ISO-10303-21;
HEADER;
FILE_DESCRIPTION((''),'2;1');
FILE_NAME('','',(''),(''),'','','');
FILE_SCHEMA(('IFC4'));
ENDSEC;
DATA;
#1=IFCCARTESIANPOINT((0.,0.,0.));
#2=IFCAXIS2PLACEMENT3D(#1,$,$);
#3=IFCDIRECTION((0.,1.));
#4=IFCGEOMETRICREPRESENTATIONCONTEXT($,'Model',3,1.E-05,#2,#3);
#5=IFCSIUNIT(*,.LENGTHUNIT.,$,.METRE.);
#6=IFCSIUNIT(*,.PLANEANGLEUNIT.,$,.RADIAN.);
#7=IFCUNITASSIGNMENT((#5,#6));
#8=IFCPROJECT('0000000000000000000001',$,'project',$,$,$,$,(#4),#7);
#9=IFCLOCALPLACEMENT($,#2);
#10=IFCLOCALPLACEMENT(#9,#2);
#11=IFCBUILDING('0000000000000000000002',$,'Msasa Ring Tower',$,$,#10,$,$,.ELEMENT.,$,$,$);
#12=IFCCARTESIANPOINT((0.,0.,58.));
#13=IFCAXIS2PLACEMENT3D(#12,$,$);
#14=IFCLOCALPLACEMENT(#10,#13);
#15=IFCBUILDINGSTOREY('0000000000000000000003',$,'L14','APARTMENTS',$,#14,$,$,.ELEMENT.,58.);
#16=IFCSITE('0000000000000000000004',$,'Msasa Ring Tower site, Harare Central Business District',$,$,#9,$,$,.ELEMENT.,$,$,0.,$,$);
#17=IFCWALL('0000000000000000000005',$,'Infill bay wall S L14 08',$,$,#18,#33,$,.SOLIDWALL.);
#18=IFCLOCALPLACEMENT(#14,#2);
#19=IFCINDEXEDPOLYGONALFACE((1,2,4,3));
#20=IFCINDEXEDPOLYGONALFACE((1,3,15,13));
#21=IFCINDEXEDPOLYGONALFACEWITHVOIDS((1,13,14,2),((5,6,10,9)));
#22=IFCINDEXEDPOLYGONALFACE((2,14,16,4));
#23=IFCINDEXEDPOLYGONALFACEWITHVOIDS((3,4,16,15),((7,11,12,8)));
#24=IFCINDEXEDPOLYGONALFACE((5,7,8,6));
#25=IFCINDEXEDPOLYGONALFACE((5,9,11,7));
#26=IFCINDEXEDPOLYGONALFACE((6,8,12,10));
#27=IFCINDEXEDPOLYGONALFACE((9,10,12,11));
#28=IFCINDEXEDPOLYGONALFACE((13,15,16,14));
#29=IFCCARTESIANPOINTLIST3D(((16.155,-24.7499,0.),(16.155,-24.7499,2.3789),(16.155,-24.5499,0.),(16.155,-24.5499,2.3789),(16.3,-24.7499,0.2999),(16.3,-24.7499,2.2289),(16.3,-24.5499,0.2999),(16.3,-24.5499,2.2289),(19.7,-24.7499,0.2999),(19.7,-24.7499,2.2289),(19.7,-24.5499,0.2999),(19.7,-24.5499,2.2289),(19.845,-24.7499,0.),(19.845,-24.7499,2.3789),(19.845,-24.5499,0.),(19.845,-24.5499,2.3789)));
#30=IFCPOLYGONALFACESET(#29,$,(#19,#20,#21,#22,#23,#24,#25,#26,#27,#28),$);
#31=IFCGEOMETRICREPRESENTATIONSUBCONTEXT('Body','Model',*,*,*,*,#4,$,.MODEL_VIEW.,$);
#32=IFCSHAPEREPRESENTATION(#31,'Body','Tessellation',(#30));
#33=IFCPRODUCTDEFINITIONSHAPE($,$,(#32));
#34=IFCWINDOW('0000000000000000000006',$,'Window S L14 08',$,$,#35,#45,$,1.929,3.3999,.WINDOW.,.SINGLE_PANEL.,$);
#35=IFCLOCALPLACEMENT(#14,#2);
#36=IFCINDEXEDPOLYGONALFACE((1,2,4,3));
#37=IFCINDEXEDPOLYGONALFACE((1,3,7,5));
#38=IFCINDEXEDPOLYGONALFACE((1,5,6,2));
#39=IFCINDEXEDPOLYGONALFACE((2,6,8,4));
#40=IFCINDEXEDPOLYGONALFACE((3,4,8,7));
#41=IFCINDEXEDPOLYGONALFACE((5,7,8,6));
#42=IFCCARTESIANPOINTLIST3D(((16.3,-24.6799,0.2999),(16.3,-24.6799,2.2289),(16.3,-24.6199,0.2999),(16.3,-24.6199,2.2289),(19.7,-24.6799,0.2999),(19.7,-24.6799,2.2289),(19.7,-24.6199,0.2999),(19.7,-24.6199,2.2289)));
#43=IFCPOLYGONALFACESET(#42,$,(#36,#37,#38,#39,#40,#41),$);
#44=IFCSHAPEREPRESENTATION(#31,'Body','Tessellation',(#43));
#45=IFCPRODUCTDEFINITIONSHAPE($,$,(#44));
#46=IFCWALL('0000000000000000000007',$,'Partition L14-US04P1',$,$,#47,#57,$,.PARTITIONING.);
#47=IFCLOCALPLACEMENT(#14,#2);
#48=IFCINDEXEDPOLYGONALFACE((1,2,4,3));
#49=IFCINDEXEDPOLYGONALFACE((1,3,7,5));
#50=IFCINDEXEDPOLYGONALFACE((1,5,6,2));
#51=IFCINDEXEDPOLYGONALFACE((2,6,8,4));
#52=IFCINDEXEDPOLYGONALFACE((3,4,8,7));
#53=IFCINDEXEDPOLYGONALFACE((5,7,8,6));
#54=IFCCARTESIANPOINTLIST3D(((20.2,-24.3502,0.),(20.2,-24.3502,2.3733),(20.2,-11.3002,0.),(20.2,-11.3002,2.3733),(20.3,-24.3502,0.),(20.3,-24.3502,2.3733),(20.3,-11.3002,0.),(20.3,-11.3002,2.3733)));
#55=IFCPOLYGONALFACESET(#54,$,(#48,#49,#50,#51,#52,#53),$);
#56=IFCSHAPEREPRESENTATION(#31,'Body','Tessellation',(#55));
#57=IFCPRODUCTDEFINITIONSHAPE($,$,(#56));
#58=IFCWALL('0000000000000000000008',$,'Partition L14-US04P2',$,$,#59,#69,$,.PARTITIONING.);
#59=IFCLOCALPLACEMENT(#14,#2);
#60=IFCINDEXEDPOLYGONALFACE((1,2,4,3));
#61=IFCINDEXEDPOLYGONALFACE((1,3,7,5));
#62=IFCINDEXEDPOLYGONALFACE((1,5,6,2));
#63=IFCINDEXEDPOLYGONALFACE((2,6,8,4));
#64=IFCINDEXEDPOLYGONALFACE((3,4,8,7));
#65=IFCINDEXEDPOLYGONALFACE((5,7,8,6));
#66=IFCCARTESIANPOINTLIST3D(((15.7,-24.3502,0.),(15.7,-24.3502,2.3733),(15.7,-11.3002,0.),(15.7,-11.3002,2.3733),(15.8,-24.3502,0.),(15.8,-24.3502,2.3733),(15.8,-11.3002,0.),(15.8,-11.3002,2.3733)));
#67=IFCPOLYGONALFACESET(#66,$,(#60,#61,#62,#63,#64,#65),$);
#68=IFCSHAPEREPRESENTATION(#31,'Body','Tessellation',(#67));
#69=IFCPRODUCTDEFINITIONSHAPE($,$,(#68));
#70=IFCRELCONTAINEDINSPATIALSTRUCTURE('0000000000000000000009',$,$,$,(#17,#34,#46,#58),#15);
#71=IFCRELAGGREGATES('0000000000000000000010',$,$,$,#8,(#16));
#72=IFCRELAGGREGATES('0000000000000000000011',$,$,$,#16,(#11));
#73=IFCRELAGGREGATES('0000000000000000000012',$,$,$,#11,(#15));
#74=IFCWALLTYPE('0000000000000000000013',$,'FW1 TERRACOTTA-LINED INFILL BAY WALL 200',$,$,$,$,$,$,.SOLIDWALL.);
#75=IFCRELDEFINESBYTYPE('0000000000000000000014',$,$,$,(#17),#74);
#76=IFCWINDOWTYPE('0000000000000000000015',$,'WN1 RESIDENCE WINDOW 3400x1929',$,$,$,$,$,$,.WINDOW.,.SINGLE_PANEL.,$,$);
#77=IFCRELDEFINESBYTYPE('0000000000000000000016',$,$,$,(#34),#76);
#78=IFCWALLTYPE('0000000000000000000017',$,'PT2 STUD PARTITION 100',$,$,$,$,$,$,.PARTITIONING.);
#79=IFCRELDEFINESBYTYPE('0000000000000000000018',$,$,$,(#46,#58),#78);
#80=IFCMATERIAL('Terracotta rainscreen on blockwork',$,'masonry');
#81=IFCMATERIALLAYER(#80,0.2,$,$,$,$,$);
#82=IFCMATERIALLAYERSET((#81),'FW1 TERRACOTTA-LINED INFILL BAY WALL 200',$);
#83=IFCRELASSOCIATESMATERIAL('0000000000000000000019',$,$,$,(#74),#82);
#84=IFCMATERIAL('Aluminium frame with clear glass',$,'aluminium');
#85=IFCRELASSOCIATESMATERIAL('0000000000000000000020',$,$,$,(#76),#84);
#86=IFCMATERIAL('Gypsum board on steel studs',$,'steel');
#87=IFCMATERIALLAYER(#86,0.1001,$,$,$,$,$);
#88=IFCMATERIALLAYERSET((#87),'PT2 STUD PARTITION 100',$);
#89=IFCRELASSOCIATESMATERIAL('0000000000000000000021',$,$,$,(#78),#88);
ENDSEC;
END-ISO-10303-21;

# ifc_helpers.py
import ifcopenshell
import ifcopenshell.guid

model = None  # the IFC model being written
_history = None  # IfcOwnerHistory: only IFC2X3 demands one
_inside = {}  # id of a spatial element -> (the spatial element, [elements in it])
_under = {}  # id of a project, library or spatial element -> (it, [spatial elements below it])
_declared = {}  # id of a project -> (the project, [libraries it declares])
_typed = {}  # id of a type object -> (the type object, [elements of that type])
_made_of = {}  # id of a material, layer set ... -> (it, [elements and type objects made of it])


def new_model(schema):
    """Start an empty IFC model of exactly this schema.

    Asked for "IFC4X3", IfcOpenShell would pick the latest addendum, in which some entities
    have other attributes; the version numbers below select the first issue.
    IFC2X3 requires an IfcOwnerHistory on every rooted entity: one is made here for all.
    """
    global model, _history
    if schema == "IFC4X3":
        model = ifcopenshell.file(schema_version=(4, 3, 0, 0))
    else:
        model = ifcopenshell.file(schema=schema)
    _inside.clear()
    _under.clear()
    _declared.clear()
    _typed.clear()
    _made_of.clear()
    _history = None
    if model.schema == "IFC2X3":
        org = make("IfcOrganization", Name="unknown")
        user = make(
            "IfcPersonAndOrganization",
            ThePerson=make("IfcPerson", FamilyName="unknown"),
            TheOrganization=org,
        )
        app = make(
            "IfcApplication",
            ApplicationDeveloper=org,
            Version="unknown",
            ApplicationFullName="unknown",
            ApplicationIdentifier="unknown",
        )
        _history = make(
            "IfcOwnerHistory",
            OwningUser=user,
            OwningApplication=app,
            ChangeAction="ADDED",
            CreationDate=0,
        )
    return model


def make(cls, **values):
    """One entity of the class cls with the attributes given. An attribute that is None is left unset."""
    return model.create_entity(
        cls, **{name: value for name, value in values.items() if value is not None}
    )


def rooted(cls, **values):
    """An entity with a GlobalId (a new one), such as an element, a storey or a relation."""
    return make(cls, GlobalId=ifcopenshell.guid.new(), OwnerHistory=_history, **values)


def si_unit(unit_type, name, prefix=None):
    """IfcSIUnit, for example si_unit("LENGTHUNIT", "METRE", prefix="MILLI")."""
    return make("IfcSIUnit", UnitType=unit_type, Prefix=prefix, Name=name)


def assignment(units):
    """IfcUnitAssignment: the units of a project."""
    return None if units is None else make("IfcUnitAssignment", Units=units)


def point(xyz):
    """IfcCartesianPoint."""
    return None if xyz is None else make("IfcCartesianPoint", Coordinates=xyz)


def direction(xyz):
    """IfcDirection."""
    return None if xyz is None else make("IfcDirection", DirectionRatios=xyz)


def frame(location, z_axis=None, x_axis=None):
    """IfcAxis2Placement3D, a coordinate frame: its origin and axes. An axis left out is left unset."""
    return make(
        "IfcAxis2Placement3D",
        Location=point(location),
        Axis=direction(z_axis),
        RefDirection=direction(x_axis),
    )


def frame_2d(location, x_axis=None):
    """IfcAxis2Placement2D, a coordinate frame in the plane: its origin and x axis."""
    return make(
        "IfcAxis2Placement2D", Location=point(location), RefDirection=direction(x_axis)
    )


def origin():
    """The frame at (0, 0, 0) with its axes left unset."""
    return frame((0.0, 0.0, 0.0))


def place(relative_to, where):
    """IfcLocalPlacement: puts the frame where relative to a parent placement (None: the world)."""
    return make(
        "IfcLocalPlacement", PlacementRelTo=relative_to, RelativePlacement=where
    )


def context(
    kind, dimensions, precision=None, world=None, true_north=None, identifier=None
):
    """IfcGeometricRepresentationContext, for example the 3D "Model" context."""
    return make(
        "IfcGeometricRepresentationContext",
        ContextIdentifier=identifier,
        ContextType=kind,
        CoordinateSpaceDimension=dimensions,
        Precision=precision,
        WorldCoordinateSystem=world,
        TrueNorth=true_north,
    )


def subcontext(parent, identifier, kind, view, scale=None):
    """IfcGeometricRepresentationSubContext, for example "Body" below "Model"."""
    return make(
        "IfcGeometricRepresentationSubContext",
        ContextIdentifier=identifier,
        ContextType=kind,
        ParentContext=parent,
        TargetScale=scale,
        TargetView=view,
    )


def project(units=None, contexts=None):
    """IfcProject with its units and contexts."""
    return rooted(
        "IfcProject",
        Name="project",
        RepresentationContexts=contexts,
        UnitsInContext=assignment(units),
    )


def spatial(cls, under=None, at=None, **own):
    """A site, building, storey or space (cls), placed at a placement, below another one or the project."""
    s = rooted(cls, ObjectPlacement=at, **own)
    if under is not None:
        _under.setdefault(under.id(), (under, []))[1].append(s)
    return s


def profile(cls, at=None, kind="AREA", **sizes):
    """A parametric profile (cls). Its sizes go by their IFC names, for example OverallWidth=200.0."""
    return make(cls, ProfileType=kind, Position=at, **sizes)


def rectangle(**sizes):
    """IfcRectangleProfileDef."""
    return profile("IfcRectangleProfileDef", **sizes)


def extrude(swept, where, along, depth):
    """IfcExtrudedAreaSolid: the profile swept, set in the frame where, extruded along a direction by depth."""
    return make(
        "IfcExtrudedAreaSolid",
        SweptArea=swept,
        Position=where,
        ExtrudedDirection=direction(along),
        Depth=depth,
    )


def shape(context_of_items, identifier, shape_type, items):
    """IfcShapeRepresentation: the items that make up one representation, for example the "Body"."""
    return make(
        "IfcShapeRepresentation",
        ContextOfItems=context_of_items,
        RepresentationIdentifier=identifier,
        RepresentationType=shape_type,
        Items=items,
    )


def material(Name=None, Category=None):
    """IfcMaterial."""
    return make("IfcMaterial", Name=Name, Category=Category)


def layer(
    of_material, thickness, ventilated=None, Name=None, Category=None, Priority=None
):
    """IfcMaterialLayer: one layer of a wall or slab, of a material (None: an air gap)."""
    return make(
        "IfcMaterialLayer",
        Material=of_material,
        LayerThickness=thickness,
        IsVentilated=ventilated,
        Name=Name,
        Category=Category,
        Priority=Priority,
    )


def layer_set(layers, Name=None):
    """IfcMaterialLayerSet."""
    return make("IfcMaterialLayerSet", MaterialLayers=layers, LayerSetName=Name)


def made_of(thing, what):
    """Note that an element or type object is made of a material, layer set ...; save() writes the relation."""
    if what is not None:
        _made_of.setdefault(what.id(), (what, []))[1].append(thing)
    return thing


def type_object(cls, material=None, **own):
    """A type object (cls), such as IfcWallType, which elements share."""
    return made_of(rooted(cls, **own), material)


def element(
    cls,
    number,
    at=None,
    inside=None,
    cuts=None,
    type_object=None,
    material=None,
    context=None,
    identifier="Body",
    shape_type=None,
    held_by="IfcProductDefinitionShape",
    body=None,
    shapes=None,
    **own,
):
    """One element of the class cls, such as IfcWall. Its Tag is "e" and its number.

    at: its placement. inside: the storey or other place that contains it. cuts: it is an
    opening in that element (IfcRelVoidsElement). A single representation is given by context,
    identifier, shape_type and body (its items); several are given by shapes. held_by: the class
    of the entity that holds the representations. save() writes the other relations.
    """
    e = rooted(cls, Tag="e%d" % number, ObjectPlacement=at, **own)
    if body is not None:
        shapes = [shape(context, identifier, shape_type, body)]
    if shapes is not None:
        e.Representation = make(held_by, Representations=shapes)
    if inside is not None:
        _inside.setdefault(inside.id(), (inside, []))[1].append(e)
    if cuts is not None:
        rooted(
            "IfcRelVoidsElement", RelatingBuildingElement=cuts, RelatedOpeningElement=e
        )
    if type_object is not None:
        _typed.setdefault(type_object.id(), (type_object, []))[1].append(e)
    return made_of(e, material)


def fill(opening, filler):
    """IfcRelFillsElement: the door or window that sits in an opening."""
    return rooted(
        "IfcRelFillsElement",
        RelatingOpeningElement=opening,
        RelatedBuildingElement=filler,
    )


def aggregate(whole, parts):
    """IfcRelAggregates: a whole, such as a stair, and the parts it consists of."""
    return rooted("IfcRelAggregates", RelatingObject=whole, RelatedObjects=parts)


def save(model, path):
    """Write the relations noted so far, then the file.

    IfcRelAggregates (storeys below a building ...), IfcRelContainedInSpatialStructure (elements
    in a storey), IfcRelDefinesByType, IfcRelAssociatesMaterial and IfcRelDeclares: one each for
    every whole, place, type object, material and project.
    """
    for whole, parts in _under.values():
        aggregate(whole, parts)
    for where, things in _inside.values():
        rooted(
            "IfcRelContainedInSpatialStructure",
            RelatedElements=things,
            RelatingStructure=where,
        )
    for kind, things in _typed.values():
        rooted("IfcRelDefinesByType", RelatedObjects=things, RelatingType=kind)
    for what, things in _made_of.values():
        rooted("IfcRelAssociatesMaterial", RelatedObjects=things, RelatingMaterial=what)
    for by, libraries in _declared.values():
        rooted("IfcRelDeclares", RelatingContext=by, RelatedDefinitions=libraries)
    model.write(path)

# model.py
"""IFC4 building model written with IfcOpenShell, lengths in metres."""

from ifc_helpers import new_model, si_unit, direction, frame, frame_2d, origin, place, context, subcontext, project, spatial, rectangle, extrude, material, layer, layer_set, type_object, element, fill, save


model = new_model("IFC4")

# Units and contexts
model_context = context("Model", 3, precision=1e-05, world=origin(), true_north=direction((0.0, 1.0)))
body_context = subcontext(model_context, "Body", "Model", "MODEL_VIEW")
ifc_project = project(units=[si_unit("LENGTHUNIT", "METRE"), si_unit("PLANEANGLEUNIT", "RADIAN")], contexts=[model_context])

# Site, building, storey
site_placement = place(None, origin())
site = spatial("IfcSite", under=ifc_project, at=site_placement, Name="Msasa Ring Tower site, Harare Central Business District", CompositionType="ELEMENT", RefElevation=0.0)
building_placement = place(site_placement, origin())
building = spatial("IfcBuilding", under=site, at=building_placement, Name="Msasa Ring Tower", CompositionType="ELEMENT")
storey_placement = place(building_placement, frame((0.0, 0.0, 58.0)))
storey = spatial("IfcBuildingStorey", under=building, at=storey_placement, Name="L14", Description="APARTMENTS", CompositionType="ELEMENT", Elevation=58.0)

# Wall, opening, window
ifc_material_1 = material(Name="Terracotta rainscreen on blockwork", Category="masonry")
ifc_layer_1 = layer(ifc_material_1, 0.2)
ifc_layer_set_1 = layer_set([ifc_layer_1], Name="FW1 TERRACOTTA-LINED INFILL BAY WALL 200")
wall_type_1 = type_object("IfcWallType", Name="FW1 TERRACOTTA-LINED INFILL BAY WALL 200", PredefinedType="SOLIDWALL", material=ifc_layer_set_1)
wall_placement = place(storey_placement, frame((16.155, -24.6499, 0.0), z_axis=(0.0, 0.0, 1.0), x_axis=(1.0, 0.0, 0.0)))
wall = element("IfcWall", 1, at=wall_placement, inside=storey, type_object=wall_type_1, Name="Infill bay wall S L14 08", PredefinedType="SOLIDWALL", context=body_context, shape_type="SweptSolid", body=[
    extrude(rectangle(XDim=3.6899, YDim=0.2, at=frame_2d((1.845, 0.0))), origin(), (0.0, 0.0, 1.0), 2.3789),
])
opening_placement = place(wall_placement, frame((0.145, 0.0, 0.3)))
opening = element("IfcOpeningElement", 2, at=opening_placement, cuts=wall, PredefinedType="OPENING", context=body_context, shape_type="SweptSolid", body=[
    extrude(rectangle(XDim=3.3999, YDim=1.929, at=frame_2d((1.7, 0.9644))), frame((0.0, 0.1099, 0.0), z_axis=(0.0, -1.0, 0.0), x_axis=(1.0, 0.0, 0.0)), (0.0, 0.0, 1.0), 0.22),
])
ifc_material_2 = material(Name="Aluminium frame with clear glass", Category="aluminium")
window_type = type_object("IfcWindowType", Name="WN1 RESIDENCE WINDOW 3400x1929", PartitioningType="SINGLE_PANEL", PredefinedType="WINDOW", material=ifc_material_2)
window_placement = place(opening_placement, origin())
window = element("IfcWindow", 3, at=window_placement, inside=storey, type_object=window_type, Name="Window S L14 08", OverallHeight=1.929, OverallWidth=3.3999, PartitioningType="SINGLE_PANEL", PredefinedType="WINDOW", context=body_context, shape_type="SweptSolid", body=[
    extrude(rectangle(XDim=3.3999, YDim=1.929, at=frame_2d((1.7, 0.9644))), frame((0.0, 0.03, 0.0), z_axis=(0.0, -1.0, 0.0), x_axis=(1.0, 0.0, 0.0)), (0.0, 0.0, 1.0), 0.0601),
])
fill(opening, window)

# Walls
ifc_material_3 = material(Name="Gypsum board on steel studs", Category="steel")
ifc_layer_2 = layer(ifc_material_3, 0.1001)
ifc_layer_set_2 = layer_set([ifc_layer_2], Name="PT2 STUD PARTITION 100")
wall_type_2 = type_object("IfcWallType", Name="PT2 STUD PARTITION 100", PredefinedType="PARTITIONING", material=ifc_layer_set_2)
for number, where, z_axis, x_axis, name in (
    (4, (20.25, -24.3501, 0.0), (0.0, 0.0, 1.0), (0.0, 1.0, 0.0), "Partition L14-US04P1"),
    (5, (15.75, -24.3501, 0.0), (0.0, 0.0, 1.0), (0.0, 1.0, 0.0), "Partition L14-US04P2"),
):
    element("IfcWall", number, at=place(storey_placement, frame(where, z_axis=z_axis, x_axis=x_axis)), inside=storey, type_object=wall_type_2, Name=name, PredefinedType="PARTITIONING", context=body_context, shape_type="SweptSolid", body=[
        extrude(rectangle(XDim=13.05, YDim=0.1001, at=frame_2d((6.5249, 0.0))), origin(), (0.0, 0.0, 1.0), 2.3733),
    ])

save(model, "model.ifc")
